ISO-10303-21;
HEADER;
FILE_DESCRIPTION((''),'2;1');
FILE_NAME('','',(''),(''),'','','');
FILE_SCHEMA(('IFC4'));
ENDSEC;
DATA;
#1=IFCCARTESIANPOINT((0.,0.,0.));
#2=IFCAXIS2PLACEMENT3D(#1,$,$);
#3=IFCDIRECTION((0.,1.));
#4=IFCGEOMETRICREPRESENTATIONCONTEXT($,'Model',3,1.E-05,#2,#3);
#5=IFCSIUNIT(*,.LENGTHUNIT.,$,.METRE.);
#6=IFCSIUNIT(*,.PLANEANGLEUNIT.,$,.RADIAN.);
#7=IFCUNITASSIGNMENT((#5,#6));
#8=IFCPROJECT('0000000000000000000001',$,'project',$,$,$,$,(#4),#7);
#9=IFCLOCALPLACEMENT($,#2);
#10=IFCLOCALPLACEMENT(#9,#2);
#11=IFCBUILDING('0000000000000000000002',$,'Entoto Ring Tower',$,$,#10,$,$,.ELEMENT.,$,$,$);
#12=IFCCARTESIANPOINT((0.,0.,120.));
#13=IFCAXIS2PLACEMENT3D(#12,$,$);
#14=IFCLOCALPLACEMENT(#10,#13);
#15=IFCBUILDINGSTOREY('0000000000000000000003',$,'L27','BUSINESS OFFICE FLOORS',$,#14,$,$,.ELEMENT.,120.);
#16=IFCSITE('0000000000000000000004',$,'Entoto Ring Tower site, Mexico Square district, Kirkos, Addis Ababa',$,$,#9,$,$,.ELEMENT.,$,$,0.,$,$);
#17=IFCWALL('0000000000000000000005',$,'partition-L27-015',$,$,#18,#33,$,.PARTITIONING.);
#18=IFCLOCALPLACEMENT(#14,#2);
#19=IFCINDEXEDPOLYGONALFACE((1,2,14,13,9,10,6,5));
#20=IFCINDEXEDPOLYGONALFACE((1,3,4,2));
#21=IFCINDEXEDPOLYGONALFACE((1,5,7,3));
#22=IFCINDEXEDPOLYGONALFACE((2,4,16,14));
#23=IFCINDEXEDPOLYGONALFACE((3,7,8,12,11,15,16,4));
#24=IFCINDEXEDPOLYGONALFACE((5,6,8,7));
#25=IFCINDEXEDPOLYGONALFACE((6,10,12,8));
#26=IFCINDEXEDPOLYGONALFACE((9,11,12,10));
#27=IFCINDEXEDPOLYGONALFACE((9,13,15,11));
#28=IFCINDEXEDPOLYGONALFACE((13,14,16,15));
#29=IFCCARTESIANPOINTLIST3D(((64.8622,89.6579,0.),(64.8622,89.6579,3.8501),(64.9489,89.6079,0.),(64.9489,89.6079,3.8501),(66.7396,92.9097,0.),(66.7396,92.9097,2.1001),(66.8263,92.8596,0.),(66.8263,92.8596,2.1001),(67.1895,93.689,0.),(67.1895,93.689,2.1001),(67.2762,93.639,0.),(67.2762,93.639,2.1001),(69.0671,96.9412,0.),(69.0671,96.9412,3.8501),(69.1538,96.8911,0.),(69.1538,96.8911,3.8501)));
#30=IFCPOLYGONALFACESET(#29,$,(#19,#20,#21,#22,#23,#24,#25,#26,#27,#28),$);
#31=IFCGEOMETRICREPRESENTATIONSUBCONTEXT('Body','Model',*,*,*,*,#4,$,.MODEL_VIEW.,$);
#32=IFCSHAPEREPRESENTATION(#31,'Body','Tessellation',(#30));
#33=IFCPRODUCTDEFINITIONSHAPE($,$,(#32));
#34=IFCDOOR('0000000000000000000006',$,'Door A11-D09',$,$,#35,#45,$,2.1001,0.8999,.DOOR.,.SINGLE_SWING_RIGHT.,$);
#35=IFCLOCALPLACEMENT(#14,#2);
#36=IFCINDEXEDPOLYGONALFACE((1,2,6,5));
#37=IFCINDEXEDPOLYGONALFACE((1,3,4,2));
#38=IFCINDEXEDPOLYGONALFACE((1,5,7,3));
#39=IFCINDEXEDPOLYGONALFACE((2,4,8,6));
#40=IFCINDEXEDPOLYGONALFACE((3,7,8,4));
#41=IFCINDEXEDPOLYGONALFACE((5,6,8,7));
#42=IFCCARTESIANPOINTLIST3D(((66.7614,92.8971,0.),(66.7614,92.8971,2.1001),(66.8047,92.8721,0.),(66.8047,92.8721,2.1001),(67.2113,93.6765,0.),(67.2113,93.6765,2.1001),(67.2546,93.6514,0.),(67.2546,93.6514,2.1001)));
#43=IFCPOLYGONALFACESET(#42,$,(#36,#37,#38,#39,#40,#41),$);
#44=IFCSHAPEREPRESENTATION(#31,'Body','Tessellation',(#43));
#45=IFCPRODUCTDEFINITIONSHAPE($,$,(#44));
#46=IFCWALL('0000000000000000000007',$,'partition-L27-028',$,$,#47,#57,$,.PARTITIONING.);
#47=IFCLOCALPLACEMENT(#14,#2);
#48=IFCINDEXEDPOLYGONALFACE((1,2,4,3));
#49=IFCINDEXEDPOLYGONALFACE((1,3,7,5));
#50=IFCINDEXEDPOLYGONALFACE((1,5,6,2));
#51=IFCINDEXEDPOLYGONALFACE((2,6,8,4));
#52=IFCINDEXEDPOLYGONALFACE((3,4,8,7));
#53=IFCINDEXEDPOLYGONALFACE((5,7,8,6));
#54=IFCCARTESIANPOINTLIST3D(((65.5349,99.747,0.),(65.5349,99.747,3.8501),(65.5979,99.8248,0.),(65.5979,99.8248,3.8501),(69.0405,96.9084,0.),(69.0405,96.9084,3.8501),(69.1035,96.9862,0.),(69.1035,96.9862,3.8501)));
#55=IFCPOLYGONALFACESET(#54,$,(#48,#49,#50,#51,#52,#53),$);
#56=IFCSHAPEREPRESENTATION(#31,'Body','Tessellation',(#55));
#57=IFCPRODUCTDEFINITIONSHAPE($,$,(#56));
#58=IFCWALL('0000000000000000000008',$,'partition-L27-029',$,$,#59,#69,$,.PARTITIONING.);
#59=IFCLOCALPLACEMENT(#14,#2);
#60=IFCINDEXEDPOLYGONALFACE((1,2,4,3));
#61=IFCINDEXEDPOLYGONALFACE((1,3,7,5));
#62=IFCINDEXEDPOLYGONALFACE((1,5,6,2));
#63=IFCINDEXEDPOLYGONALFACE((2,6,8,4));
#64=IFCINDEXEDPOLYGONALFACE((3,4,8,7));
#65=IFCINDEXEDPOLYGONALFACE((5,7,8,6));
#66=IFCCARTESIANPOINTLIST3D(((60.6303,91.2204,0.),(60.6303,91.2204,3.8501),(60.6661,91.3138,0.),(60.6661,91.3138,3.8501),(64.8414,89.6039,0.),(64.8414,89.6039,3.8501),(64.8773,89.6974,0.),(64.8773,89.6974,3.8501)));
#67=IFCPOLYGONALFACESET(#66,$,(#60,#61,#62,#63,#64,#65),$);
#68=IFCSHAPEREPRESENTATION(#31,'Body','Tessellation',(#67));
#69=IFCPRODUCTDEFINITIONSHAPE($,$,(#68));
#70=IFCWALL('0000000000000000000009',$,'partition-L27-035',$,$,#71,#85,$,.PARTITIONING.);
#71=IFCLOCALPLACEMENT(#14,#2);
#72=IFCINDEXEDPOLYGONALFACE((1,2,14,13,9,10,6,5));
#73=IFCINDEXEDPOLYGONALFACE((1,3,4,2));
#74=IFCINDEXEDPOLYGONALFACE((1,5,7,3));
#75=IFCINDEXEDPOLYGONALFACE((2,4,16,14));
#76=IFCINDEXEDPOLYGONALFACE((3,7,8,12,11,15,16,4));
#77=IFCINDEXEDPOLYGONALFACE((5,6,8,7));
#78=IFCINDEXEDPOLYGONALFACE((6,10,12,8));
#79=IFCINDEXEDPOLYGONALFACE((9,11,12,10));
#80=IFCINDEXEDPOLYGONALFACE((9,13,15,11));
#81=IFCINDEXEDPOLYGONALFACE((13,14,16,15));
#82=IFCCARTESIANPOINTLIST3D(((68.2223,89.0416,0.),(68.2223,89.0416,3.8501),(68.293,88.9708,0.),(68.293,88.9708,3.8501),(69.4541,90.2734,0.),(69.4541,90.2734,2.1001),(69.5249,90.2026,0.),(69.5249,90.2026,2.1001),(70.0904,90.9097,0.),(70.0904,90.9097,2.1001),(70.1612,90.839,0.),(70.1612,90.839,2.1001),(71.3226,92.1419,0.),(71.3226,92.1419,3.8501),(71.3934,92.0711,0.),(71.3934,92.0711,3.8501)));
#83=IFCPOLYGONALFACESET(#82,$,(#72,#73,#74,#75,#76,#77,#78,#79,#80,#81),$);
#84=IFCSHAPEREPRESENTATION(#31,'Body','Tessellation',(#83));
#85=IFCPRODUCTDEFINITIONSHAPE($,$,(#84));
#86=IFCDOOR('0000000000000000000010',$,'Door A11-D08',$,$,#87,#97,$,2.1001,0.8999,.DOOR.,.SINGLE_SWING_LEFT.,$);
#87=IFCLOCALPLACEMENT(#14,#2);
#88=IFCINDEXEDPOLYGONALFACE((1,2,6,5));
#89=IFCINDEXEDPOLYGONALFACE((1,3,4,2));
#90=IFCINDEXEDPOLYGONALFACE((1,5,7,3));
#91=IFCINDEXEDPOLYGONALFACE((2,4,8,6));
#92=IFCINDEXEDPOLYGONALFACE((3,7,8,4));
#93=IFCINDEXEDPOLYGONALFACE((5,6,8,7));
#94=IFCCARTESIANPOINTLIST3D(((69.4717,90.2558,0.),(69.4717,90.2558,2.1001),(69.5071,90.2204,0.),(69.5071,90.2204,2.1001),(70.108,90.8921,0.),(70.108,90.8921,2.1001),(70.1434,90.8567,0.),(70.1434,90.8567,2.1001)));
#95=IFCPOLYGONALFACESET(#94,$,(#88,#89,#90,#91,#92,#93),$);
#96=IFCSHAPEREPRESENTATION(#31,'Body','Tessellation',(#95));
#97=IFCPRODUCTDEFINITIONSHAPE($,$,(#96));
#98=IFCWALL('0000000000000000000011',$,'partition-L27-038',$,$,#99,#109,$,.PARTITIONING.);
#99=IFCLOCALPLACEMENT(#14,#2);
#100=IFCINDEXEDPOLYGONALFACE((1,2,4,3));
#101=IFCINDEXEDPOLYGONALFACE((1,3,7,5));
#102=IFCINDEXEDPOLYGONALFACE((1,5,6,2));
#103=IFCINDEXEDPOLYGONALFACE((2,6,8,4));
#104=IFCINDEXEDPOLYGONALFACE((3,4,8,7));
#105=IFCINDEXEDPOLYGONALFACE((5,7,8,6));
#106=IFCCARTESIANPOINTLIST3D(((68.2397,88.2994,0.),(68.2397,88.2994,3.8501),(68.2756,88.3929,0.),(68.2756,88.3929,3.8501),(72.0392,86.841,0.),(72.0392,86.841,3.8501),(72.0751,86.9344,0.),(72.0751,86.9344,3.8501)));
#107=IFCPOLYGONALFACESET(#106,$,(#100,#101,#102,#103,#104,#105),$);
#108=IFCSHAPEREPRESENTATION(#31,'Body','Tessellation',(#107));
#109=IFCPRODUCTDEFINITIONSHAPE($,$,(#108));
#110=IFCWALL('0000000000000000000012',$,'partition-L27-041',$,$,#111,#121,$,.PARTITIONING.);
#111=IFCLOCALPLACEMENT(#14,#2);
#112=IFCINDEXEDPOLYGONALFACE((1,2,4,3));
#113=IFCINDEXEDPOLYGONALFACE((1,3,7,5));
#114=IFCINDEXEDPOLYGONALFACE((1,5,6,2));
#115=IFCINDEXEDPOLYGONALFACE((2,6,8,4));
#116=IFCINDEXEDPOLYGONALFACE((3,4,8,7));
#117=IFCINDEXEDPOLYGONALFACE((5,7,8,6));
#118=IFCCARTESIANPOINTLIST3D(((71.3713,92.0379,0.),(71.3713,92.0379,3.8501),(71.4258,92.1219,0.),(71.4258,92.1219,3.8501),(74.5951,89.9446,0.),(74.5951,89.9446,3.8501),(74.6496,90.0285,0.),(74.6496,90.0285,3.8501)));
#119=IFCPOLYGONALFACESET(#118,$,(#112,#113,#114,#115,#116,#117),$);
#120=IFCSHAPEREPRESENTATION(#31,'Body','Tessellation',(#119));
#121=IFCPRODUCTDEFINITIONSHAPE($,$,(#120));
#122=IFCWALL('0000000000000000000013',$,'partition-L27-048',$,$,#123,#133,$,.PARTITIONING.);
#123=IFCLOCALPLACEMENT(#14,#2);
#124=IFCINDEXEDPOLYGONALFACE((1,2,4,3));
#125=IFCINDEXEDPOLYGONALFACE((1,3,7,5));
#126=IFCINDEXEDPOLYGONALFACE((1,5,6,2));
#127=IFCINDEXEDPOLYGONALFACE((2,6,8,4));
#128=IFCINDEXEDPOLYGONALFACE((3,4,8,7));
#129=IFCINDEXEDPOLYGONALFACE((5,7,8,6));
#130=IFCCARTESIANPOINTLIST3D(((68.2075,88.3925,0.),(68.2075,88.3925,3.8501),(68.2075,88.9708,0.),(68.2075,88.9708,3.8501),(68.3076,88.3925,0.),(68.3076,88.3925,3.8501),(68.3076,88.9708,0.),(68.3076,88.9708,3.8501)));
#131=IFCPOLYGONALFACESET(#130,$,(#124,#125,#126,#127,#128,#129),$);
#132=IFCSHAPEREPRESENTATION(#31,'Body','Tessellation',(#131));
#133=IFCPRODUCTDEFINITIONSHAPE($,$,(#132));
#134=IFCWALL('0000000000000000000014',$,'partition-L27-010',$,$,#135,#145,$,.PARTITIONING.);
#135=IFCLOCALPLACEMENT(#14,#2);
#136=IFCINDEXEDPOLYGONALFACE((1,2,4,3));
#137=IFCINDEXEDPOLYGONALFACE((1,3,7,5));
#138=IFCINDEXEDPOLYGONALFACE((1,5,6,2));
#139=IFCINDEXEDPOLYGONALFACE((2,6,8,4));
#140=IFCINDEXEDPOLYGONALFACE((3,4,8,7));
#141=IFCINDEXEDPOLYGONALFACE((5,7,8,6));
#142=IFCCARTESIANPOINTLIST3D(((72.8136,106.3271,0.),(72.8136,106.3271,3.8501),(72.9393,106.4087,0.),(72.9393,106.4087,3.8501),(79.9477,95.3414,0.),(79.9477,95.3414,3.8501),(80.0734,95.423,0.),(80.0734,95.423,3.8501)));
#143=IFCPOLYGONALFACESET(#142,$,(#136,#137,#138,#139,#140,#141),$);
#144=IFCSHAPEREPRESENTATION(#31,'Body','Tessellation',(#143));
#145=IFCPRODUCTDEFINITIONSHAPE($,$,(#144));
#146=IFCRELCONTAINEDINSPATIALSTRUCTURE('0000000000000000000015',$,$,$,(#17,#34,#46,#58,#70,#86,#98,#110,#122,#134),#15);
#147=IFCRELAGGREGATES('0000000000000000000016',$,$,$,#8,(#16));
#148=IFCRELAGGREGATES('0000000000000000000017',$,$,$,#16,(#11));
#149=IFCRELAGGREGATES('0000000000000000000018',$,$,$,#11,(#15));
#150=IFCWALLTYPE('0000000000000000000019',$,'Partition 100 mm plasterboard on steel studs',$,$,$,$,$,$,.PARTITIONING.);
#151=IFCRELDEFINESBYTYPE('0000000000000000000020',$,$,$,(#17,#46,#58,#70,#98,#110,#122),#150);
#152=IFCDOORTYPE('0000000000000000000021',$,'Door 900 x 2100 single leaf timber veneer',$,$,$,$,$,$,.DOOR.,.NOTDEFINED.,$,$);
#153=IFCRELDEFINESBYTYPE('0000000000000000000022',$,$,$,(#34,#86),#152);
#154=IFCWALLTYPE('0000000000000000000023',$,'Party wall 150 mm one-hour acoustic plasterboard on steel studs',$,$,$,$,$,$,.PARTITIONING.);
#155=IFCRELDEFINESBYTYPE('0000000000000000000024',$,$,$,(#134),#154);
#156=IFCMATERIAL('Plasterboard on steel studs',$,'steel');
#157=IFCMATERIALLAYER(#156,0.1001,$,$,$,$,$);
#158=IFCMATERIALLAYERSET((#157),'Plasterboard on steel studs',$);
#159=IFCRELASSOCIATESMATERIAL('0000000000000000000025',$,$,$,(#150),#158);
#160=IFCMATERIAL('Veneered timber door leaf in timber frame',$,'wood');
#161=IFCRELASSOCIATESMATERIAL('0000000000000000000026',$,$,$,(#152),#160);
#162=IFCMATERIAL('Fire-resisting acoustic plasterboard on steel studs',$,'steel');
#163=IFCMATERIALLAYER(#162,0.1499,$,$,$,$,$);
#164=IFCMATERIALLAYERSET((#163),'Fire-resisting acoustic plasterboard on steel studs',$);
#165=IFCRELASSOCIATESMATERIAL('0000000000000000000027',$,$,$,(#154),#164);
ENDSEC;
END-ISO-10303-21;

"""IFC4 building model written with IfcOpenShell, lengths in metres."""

from ifc_helpers import new_model, si_unit, direction, frame, frame_2d, origin, place, context, subcontext, project, spatial, rectangle, extrude, material, layer, layer_set, type_object, element, fill, save


model = new_model("IFC4")

# Units and contexts
model_context = context("Model", 3, precision=1e-05, world=origin(), true_north=direction((0.0, 1.0)))
body_context = subcontext(model_context, "Body", "Model", "MODEL_VIEW")
ifc_project = project(units=[si_unit("LENGTHUNIT", "METRE"), si_unit("PLANEANGLEUNIT", "RADIAN")], contexts=[model_context])

# Site, building, storey
site_placement = place(None, origin())
site = spatial("IfcSite", under=ifc_project, at=site_placement, Name="Entoto Ring Tower site, Mexico Square district, Kirkos, Addis Ababa", CompositionType="ELEMENT", RefElevation=0.0)
building_placement = place(site_placement, origin())
building = spatial("IfcBuilding", under=site, at=building_placement, Name="Entoto Ring Tower", CompositionType="ELEMENT")
storey_placement = place(building_placement, frame((0.0, 0.0, 120.0)))
storey = spatial("IfcBuildingStorey", under=building, at=storey_placement, Name="L27", Description="BUSINESS OFFICE FLOORS", CompositionType="ELEMENT", Elevation=120.0)

# Wall, opening, door
ifc_material_1 = material(Name="Plasterboard on steel studs", Category="steel")
ifc_layer_1 = layer(ifc_material_1, 0.1001)
ifc_layer_set_1 = layer_set([ifc_layer_1], Name="Plasterboard on steel studs")
wall_type_1 = type_object("IfcWallType", Name="Partition 100 mm plasterboard on steel studs", PredefinedType="PARTITIONING", material=ifc_layer_set_1)
wall_1_placement = place(storey_placement, frame((64.9055, 89.6328, 0.0), z_axis=(0.0, 0.0, 1.0), x_axis=(0.499989, 0.866032, 0.0)))
wall_1 = element("IfcWall", 1, at=wall_1_placement, inside=storey, type_object=wall_type_1, Name="partition-L27-015", PredefinedType="PARTITIONING", context=body_context, shape_type="SweptSolid", body=[
    extrude(rectangle(XDim=8.4099, YDim=0.1001, at=frame_2d((4.2051, 0.0))), origin(), (0.0, 0.0, 1.0), 3.8501),
])
opening_1_placement = place(wall_1_placement, frame((3.7549, 0.0, 0.0)))
opening_1 = element("IfcOpeningElement", 2, at=opening_1_placement, cuts=wall_1, PredefinedType="OPENING", context=body_context, shape_type="SweptSolid", body=[
    extrude(rectangle(XDim=0.8999, YDim=2.1001, at=frame_2d((0.45, 1.05))), frame((0.0, 0.0601, 0.0), z_axis=(0.0, -1.0, 0.0), x_axis=(1.0, 0.0, 0.0)), (0.0, 0.0, 1.0), 0.1201),
])
ifc_material_2 = material(Name="Veneered timber door leaf in timber frame", Category="wood")
door_type_1 = type_object("IfcDoorType", Name="Door 900 x 2100 single leaf timber veneer", OperationType="NOTDEFINED", PredefinedType="DOOR", material=ifc_material_2)
door_1_placement = place(opening_1_placement, origin())
door_1 = element("IfcDoor", 3, at=door_1_placement, inside=storey, type_object=door_type_1, Name="Door A11-D09", OperationType="SINGLE_SWING_RIGHT", OverallHeight=2.1001, OverallWidth=0.8999, PredefinedType="DOOR", context=body_context, shape_type="SweptSolid", body=[
    extrude(rectangle(XDim=0.8999, YDim=2.1001, at=frame_2d((0.45, 1.05))), frame((0.0, 0.0249, 0.0), z_axis=(0.0, -1.0, 0.0), x_axis=(1.0, 0.0, 0.0)), (0.0, 0.0, 1.0), 0.05),
])
fill(opening_1, door_1)

# Walls
for number, where, z_axis, x_axis, name in (
    (4, (69.072, 96.9473, 0.0), (0.0, 0.0, 1.0), (-0.777164, 0.629298, 0.0), "partition-L27-028"),
    (5, (64.8594, 89.6506, 0.0), (0.0, 0.0, 1.0), (-0.933585, 0.358355, 0.0), "partition-L27-029"),
):
    element("IfcWall", number, at=place(storey_placement, frame(where, z_axis=z_axis, x_axis=x_axis)), inside=storey, type_object=wall_type_1, Name=name, PredefinedType="PARTITIONING", context=body_context, shape_type="SweptSolid", body=[
        extrude(rectangle(XDim=4.5107, YDim=0.1001, at=frame_2d((2.2554, 0.0))), origin(), (0.0, 0.0, 1.0), 3.8501),
    ])

# Wall, opening, door
wall_2_placement = place(storey_placement, frame((68.2576, 89.0061, 0.0), z_axis=(0.0, 0.0, 1.0), x_axis=(0.707107, 0.707107, 0.0)))
wall_2 = element("IfcWall", 6, at=wall_2_placement, inside=storey, type_object=wall_type_1, Name="partition-L27-035", PredefinedType="PARTITIONING", context=body_context, shape_type="SweptSolid", body=[
    extrude(rectangle(XDim=4.3845, YDim=0.1001, at=frame_2d((2.1924, 0.0))), origin(), (0.0, 0.0, 1.0), 3.8501),
])
opening_2_placement = place(wall_2_placement, frame((1.7422, 0.0, 0.0)))
opening_2 = element("IfcOpeningElement", 7, at=opening_2_placement, cuts=wall_2, PredefinedType="OPENING", context=body_context, shape_type="SweptSolid", body=[
    extrude(rectangle(XDim=0.8999, YDim=2.1001, at=frame_2d((0.45, 1.05))), frame((0.0, 0.0601, 0.0), z_axis=(0.0, -1.0, 0.0), x_axis=(1.0, 0.0, 0.0)), (0.0, 0.0, 1.0), 0.1201),
])
door_2_placement = place(opening_2_placement, frame((0.8999, 0.0, 0.0), z_axis=(0.0, 0.0, 1.0), x_axis=(-1.0, 0.0, 0.0)))
door_2 = element("IfcDoor", 8, at=door_2_placement, inside=storey, type_object=door_type_1, Name="Door A11-D08", OperationType="SINGLE_SWING_LEFT", OverallHeight=2.1001, OverallWidth=0.8999, PredefinedType="DOOR", context=body_context, shape_type="SweptSolid", body=[
    extrude(rectangle(XDim=0.8999, YDim=2.1001, at=frame_2d((0.45, 1.05))), frame((0.0, 0.0249, 0.0), z_axis=(0.0, -1.0, 0.0), x_axis=(1.0, 0.0, 0.0)), (0.0, 0.0, 1.0), 0.05),
])
fill(opening_2, door_2)

# Walls
wall_3_placement = place(storey_placement, frame((72.0571, 86.8877, 0.0), z_axis=(0.0, 0.0, 1.0), x_axis=(-0.933582, 0.358364, 0.0)))
element("IfcWall", 9, at=wall_3_placement, inside=storey, type_object=wall_type_1, Name="partition-L27-038", PredefinedType="PARTITIONING", context=body_context, shape_type="SweptSolid", body=[
    extrude(rectangle(XDim=4.0698, YDim=0.1001, at=frame_2d((2.0349, 0.0))), origin(), (0.0, 0.0, 1.0), 3.8501),
])
wall_4_placement = place(storey_placement, frame((74.6223, 89.9866, 0.0), z_axis=(0.0, 0.0, 1.0), x_axis=(-0.838693, 0.544604, 0.0)))
element("IfcWall", 10, at=wall_4_placement, inside=storey, type_object=wall_type_1, Name="partition-L27-041", PredefinedType="PARTITIONING", context=body_context, shape_type="SweptSolid", body=[
    extrude(rectangle(XDim=3.8438, YDim=0.1001, at=frame_2d((1.9219, 0.0))), origin(), (0.0, 0.0, 1.0), 3.8501),
])
wall_5_placement = place(storey_placement, frame((68.2576, 88.3926, 0.0), z_axis=(0.0, 0.0, 1.0), x_axis=(0.0, 1.0, 0.0)))
element("IfcWall", 11, at=wall_5_placement, inside=storey, type_object=wall_type_1, Name="partition-L27-048", PredefinedType="PARTITIONING", context=body_context, shape_type="SweptSolid", body=[
    extrude(rectangle(XDim=0.5784, YDim=0.1001, at=frame_2d((0.2891, 0.0))), origin(), (0.0, 0.0, 1.0), 3.8501),
])
ifc_material_3 = material(Name="Fire-resisting acoustic plasterboard on steel studs", Category="steel")
ifc_layer_2 = layer(ifc_material_3, 0.1499)
ifc_layer_set_2 = layer_set([ifc_layer_2], Name="Fire-resisting acoustic plasterboard on steel studs")
wall_type_2 = type_object("IfcWallType", Name="Party wall 150 mm one-hour acoustic plasterboard on steel studs", PredefinedType="PARTITIONING", material=ifc_layer_set_2)
wall_6_placement = place(storey_placement, frame((80.0105, 95.3823, 0.0), z_axis=(0.0, 0.0, 1.0), x_axis=(-0.544634, 0.838674, 0.0)))
element("IfcWall", 12, at=wall_6_placement, inside=storey, type_object=wall_type_2, Name="partition-L27-010", PredefinedType="PARTITIONING", context=body_context, shape_type="SweptSolid", body=[
    extrude(rectangle(XDim=13.0989, YDim=0.1499, at=frame_2d((6.5493, 0.0))), origin(), (0.0, 0.0, 1.0), 3.8501),
])

save(model, "model.ifc")
